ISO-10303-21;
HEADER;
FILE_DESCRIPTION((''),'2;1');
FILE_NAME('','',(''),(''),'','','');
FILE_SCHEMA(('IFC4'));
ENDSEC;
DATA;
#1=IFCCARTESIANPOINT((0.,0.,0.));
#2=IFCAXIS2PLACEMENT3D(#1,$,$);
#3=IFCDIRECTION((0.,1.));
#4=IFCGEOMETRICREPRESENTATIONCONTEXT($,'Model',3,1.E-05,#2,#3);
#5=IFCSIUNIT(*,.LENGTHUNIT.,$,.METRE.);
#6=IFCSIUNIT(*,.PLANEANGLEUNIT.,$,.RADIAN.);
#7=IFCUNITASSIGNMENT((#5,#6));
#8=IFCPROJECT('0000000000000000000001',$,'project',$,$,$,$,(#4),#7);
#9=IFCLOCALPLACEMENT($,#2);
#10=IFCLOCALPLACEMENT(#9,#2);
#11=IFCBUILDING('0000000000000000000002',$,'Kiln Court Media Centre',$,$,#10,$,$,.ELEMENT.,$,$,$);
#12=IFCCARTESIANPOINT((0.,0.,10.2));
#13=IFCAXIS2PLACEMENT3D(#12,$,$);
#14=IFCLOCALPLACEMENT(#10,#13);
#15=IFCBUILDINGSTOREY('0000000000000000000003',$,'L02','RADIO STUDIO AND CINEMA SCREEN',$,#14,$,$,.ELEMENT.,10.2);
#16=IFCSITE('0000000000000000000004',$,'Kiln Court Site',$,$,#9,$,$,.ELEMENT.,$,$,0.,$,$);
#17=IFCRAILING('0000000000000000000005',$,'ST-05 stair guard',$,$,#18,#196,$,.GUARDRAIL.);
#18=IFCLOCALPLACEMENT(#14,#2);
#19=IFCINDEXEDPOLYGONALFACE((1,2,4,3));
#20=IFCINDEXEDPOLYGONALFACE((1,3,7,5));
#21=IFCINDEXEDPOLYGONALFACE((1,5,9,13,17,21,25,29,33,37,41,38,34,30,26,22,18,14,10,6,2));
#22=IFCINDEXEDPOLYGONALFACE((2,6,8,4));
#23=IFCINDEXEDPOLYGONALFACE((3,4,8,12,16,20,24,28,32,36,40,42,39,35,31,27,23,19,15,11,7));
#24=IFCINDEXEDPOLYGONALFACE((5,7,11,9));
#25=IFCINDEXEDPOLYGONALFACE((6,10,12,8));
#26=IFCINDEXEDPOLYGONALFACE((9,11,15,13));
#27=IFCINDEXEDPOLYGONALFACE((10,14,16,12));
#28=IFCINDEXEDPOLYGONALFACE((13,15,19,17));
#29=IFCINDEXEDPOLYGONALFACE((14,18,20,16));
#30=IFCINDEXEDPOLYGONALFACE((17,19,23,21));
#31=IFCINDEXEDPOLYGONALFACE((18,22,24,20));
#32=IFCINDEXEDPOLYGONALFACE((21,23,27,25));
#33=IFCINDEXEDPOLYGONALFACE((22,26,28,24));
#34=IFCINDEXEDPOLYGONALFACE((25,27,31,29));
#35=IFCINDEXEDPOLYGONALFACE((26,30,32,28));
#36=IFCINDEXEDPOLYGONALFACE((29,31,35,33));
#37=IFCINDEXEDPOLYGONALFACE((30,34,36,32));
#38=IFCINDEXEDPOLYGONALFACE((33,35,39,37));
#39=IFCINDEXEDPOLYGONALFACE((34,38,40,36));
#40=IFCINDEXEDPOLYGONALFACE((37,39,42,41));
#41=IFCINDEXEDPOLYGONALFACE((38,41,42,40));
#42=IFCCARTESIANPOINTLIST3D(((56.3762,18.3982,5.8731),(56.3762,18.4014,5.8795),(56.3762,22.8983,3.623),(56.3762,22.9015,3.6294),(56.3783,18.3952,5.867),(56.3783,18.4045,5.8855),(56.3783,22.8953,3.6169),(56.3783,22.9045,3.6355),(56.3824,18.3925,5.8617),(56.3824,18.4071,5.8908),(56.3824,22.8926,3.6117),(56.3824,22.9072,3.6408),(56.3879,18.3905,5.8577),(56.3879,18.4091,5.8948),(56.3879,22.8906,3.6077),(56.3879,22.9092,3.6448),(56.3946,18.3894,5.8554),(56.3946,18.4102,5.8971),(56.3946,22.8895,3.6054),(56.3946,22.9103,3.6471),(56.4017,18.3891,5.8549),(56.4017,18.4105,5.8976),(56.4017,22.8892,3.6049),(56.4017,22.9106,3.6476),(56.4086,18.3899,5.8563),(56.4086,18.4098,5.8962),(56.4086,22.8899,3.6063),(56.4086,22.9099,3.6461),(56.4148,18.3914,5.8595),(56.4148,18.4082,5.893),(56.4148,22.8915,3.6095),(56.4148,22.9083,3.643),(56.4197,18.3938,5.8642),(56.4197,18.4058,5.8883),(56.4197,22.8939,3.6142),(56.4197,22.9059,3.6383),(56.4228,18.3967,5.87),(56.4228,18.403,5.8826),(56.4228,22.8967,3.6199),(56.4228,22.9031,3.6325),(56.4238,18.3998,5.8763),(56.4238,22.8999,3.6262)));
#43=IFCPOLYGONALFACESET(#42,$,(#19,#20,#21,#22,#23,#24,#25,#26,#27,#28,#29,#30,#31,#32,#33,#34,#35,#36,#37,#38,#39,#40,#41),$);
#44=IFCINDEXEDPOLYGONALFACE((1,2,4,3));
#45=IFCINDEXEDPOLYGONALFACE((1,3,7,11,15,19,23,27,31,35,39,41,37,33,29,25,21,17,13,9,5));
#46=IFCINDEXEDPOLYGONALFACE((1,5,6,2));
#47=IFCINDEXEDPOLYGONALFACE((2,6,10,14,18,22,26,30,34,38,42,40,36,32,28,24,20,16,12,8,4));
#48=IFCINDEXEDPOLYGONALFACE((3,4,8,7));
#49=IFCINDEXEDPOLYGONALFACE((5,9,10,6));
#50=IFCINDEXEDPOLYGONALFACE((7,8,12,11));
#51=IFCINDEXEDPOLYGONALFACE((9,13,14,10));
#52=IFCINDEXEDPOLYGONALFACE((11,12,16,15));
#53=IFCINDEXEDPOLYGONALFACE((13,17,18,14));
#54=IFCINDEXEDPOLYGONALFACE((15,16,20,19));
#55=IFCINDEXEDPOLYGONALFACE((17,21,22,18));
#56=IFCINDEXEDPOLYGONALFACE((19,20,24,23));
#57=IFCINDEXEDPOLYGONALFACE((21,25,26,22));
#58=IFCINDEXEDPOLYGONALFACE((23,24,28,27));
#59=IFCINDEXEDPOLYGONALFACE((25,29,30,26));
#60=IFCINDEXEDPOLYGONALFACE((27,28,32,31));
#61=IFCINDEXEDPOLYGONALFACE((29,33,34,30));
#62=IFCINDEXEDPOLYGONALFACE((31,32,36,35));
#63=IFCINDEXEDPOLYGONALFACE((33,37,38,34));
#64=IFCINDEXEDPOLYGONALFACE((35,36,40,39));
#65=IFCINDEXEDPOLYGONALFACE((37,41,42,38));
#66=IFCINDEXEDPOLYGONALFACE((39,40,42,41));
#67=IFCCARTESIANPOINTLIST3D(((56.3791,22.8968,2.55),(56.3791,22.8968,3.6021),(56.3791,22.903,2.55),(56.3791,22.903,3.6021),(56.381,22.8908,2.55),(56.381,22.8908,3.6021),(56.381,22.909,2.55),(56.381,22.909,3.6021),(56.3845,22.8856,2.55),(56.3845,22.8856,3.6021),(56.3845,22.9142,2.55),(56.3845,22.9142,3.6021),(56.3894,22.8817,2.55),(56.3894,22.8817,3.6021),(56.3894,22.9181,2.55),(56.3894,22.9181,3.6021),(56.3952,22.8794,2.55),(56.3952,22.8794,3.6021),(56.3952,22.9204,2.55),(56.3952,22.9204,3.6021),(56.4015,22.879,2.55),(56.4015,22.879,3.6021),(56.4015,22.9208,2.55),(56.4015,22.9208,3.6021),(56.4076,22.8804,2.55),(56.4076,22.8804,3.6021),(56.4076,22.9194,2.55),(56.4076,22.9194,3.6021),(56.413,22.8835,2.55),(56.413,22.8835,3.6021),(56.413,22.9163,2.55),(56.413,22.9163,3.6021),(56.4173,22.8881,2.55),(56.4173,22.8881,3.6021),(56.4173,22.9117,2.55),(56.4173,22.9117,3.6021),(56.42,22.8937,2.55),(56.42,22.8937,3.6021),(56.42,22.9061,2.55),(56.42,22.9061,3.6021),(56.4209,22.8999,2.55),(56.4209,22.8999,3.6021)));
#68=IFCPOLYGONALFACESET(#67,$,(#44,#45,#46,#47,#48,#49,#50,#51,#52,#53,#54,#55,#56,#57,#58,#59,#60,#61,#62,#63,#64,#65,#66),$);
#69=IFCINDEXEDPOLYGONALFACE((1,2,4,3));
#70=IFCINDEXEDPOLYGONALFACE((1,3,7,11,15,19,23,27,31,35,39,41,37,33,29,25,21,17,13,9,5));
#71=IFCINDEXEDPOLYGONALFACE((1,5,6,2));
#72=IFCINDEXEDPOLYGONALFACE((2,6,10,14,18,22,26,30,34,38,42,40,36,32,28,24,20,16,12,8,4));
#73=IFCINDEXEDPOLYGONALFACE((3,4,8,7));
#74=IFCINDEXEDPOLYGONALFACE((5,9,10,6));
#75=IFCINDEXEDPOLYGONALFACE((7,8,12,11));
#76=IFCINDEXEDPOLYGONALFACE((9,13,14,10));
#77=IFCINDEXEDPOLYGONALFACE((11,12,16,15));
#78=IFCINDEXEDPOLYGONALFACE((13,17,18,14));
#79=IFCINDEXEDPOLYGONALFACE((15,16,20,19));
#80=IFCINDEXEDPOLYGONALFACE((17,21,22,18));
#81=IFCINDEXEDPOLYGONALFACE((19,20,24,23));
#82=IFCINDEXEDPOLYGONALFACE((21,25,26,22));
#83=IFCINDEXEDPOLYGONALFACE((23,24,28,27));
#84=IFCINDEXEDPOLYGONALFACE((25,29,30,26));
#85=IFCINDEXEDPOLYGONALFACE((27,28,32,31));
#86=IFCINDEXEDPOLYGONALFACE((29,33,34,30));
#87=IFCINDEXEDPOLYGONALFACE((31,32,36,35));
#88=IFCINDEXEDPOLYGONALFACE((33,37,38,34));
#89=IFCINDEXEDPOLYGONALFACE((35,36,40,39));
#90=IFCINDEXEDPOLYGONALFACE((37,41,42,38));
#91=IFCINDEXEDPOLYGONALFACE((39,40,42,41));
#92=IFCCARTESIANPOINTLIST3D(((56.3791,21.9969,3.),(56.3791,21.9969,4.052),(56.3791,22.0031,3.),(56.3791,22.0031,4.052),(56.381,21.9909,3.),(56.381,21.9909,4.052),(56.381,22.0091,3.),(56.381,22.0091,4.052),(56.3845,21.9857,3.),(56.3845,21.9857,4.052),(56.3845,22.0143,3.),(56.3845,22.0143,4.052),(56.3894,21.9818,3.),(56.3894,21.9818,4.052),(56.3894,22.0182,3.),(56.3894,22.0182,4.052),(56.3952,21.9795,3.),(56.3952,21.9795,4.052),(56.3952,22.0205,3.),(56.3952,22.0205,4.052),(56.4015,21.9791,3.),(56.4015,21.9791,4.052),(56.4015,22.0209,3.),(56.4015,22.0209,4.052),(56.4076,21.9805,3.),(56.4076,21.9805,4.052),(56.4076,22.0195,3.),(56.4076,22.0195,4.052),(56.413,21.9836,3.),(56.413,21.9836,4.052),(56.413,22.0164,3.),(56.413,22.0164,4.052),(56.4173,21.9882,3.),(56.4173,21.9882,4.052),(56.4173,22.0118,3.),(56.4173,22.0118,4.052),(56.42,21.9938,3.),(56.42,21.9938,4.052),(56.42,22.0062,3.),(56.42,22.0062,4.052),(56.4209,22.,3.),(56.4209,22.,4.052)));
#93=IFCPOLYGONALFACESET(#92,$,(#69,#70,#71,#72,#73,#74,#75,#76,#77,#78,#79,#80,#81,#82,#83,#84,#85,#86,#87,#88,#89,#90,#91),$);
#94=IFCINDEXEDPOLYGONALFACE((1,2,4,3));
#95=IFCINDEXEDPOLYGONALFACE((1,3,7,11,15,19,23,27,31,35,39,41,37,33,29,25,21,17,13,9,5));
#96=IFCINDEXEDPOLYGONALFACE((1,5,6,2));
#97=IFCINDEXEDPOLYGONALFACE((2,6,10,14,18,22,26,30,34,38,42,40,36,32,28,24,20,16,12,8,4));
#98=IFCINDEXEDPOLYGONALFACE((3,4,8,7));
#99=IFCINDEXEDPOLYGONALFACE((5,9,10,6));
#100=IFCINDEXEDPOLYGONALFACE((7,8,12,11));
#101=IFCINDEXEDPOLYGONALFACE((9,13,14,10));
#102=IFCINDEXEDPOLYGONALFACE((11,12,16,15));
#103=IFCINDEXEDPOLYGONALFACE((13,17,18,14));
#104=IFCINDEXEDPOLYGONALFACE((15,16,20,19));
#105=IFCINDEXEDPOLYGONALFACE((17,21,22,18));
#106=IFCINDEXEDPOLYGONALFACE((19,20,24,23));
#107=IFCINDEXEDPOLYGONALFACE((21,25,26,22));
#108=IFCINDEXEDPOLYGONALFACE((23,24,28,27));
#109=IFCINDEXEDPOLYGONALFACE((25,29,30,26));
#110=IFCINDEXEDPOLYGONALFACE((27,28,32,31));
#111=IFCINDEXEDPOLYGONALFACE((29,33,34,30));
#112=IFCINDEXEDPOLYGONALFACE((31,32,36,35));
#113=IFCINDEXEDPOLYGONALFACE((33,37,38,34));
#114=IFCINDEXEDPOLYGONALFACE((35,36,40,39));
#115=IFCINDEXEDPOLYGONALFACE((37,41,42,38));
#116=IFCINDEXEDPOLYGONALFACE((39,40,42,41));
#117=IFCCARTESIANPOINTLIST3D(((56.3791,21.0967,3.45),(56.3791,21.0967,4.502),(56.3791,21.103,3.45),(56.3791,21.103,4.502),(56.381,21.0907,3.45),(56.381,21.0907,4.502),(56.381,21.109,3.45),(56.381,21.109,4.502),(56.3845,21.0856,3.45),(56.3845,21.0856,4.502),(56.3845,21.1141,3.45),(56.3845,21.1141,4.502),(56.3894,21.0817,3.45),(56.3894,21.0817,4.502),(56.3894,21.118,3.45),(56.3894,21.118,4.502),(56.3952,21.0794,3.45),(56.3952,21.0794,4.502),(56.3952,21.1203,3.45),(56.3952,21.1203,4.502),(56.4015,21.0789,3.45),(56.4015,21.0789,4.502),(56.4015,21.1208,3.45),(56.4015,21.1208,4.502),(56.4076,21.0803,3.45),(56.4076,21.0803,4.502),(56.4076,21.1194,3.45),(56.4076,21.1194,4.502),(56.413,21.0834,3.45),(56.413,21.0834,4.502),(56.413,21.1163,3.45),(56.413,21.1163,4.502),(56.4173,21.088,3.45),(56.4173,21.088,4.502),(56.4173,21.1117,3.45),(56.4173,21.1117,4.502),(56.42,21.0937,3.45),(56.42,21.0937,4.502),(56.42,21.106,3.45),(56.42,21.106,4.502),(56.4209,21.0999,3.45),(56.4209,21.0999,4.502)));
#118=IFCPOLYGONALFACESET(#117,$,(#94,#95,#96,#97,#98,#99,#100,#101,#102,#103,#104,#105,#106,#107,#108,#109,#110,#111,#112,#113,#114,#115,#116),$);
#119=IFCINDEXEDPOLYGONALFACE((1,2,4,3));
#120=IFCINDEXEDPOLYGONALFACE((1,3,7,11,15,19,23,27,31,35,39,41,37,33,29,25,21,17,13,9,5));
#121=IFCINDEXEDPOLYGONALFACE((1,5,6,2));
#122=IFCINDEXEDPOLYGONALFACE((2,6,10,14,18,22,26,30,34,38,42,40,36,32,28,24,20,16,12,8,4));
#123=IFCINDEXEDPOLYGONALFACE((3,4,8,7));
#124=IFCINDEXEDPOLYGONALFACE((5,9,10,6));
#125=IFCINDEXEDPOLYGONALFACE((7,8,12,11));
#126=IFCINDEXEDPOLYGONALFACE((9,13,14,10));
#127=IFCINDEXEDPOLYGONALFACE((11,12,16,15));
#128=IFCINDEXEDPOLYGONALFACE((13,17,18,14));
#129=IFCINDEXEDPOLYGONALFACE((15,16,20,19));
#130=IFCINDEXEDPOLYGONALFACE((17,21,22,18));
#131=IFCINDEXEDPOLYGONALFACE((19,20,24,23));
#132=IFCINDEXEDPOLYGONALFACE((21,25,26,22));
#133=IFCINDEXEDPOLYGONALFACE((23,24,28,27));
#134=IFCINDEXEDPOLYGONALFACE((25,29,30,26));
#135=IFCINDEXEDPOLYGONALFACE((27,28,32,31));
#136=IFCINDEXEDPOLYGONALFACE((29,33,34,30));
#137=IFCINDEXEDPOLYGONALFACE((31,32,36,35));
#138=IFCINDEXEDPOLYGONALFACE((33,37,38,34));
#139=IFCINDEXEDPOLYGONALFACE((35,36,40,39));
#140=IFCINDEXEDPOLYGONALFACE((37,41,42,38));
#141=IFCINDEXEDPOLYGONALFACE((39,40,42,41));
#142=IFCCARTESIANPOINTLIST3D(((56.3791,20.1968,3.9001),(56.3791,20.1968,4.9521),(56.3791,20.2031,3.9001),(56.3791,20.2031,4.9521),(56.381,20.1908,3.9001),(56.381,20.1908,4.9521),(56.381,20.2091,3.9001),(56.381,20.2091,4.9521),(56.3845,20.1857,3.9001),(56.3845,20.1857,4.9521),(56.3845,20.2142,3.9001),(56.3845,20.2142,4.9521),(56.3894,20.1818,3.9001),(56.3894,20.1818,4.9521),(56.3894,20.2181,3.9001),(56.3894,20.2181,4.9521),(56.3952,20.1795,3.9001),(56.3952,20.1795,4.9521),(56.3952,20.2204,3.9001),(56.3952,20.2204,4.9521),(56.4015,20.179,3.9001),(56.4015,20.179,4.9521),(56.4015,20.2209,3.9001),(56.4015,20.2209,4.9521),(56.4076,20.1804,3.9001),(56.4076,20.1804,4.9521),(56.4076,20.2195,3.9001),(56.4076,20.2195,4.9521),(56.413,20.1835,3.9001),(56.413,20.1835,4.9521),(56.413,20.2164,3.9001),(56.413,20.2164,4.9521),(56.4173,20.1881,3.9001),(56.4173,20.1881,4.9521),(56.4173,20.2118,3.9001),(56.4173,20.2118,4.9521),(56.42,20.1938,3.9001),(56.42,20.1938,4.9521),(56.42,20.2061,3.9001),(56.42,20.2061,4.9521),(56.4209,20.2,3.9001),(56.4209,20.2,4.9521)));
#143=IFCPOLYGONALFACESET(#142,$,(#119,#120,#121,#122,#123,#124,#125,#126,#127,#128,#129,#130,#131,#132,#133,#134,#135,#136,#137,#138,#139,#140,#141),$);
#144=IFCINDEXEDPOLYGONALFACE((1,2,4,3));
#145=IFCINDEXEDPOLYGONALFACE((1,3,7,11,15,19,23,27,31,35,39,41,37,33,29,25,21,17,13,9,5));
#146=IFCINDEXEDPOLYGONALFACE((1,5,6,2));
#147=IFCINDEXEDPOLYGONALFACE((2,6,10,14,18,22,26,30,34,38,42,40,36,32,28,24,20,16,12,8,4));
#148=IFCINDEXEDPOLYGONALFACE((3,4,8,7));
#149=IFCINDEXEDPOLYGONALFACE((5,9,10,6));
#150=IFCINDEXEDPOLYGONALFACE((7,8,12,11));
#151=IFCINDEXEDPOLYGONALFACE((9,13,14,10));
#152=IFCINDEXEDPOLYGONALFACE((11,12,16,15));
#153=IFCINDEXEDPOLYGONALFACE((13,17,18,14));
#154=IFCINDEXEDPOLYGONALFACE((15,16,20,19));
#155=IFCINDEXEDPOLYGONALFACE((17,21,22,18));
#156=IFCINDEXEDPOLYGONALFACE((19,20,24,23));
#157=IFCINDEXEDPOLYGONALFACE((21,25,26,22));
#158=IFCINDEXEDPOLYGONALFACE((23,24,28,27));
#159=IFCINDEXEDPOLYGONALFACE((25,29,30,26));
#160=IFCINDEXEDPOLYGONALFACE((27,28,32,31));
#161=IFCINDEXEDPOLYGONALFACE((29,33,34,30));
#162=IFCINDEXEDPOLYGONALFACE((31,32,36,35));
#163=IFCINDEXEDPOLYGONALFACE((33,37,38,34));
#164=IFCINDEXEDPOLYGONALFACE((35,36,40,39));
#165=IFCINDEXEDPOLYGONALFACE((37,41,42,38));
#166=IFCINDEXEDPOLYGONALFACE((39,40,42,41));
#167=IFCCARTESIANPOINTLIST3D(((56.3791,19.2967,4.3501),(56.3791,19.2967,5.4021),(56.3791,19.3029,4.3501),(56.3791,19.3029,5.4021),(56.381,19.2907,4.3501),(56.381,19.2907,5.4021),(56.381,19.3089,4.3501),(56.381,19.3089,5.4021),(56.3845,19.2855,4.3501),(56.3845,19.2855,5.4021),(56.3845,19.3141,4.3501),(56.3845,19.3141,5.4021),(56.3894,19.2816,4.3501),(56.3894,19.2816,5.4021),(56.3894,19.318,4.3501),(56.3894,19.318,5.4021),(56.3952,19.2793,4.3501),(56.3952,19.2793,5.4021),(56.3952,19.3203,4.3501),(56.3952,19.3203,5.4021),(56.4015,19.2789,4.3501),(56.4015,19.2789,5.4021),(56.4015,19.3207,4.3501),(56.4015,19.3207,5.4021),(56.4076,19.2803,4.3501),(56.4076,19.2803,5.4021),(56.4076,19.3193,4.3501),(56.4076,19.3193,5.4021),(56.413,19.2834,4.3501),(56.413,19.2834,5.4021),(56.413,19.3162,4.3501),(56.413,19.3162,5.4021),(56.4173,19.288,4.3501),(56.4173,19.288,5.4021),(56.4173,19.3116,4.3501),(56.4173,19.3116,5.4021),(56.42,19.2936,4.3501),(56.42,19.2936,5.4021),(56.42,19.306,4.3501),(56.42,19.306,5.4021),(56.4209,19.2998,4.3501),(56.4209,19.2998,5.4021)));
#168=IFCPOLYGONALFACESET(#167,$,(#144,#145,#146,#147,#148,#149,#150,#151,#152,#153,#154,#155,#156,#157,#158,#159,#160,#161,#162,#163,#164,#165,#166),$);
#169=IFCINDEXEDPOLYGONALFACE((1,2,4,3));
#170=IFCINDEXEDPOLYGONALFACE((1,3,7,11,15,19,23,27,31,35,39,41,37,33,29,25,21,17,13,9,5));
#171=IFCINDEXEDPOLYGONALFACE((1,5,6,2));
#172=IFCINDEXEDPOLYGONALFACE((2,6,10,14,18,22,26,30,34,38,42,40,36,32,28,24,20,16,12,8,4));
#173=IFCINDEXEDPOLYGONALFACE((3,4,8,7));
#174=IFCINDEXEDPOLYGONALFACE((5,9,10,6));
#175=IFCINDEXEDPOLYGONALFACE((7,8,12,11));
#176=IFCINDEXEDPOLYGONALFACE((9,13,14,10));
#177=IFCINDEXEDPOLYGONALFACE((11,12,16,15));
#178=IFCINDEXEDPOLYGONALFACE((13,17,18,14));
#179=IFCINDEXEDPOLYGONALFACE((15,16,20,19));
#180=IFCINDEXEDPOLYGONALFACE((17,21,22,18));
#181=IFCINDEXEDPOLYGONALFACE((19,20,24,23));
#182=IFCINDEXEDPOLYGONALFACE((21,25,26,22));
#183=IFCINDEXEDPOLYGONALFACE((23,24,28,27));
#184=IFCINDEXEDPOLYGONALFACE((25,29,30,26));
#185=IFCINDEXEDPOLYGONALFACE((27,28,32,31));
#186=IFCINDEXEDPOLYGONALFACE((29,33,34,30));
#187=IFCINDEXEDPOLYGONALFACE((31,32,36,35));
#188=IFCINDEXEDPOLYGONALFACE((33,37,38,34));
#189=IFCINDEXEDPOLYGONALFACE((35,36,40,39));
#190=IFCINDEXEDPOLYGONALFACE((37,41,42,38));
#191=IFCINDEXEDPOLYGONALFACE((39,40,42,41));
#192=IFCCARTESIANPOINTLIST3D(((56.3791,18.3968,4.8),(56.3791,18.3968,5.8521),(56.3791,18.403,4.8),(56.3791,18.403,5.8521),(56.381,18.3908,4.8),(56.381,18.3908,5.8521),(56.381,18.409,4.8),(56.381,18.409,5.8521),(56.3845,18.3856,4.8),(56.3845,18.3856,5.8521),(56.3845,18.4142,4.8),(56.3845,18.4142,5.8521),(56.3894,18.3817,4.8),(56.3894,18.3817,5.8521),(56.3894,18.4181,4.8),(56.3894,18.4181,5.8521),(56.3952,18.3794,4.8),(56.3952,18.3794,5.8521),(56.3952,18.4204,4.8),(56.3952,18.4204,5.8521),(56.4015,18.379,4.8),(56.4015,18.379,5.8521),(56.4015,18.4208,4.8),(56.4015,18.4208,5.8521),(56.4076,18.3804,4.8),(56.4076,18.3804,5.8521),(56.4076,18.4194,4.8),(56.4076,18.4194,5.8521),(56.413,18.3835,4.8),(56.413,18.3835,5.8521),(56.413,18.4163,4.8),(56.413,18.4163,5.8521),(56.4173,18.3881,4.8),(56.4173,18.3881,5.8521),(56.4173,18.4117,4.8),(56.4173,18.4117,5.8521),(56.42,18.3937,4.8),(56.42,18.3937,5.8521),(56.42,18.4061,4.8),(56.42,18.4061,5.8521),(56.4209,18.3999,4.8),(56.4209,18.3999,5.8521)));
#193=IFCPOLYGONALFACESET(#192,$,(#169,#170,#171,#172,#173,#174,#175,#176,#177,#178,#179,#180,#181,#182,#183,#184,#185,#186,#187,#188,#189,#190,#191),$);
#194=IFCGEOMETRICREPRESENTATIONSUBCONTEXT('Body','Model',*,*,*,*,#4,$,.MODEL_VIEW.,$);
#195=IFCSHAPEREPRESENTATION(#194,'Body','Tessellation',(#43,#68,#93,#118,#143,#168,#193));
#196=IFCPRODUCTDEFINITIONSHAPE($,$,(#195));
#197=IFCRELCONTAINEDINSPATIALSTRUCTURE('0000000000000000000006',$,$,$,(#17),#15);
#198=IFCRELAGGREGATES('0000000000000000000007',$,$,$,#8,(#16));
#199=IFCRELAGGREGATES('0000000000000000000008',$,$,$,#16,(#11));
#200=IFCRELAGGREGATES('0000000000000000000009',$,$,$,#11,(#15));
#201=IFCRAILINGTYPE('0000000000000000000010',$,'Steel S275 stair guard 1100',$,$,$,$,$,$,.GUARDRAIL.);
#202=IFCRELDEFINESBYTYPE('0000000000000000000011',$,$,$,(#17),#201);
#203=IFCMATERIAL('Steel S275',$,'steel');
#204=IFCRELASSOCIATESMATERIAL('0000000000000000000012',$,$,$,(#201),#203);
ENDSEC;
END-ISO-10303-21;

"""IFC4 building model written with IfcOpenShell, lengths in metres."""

from ifc_helpers import new_model, si_unit, direction, frame, origin, origin_2d, place, context, subcontext, project, spatial, circle, extrude, material, type_object, element, save


model = new_model("IFC4")

# Units and contexts
model_context = context("Model", 3, precision=1e-05, world=origin(), true_north=direction((0.0, 1.0)))
body_context = subcontext(model_context, "Body", "Model", "MODEL_VIEW")
ifc_project = project(units=[si_unit("LENGTHUNIT", "METRE"), si_unit("PLANEANGLEUNIT", "RADIAN")], contexts=[model_context])

# Site, building, storey
site_placement = place(None, origin())
site = spatial("IfcSite", under=ifc_project, at=site_placement, Name="Kiln Court Site", CompositionType="ELEMENT", RefElevation=0.0)
building_placement = place(site_placement, origin())
building = spatial("IfcBuilding", under=site, at=building_placement, Name="Kiln Court Media Centre", CompositionType="ELEMENT")
storey_placement = place(building_placement, frame((0.0, 0.0, 10.2)))
storey = spatial("IfcBuildingStorey", under=building, at=storey_placement, Name="L02", Description="RADIO STUDIO AND CINEMA SCREEN", CompositionType="ELEMENT", Elevation=10.2)

# Railing
ifc_material_1 = material(Name="Steel S275", Category="steel")
railing_type_1 = type_object("IfcRailingType", Name="Steel S275 stair guard 1100", PredefinedType="GUARDRAIL", material=ifc_material_1)
railing_1_placement = place(storey_placement, frame((56.3999, 22.8999, 2.55)))
element("IfcRailing", 1, at=railing_1_placement, inside=storey, type_object=railing_type_1, Name="ST-05 stair guard", PredefinedType="GUARDRAIL", context=body_context, shape_type="SweptSolid", body=[
    extrude(circle(Radius=0.0239, at=origin_2d()), frame((0.0, 0.0, 1.0762), z_axis=(0.0, -0.894427, 0.447214), x_axis=(1.0, 0.0, 0.0)), (0.0, 0.0, 1.0), 5.0312),
    extrude(circle(Radius=0.021, at=origin_2d()), origin(), (0.0, 0.0, 1.0), 1.052),
    extrude(circle(Radius=0.021, at=origin_2d()), frame((0.0, -0.8999, 0.45)), (0.0, 0.0, 1.0), 1.052),
    extrude(circle(Radius=0.021, at=origin_2d()), frame((0.0, -1.8, 0.8999)), (0.0, 0.0, 1.0), 1.052),
    extrude(circle(Radius=0.021, at=origin_2d()), frame((0.0, -2.7, 1.3501)), (0.0, 0.0, 1.0), 1.052),
    extrude(circle(Radius=0.021, at=origin_2d()), frame((0.0, -3.6001, 1.8)), (0.0, 0.0, 1.0), 1.052),
    extrude(circle(Radius=0.021, at=origin_2d()), frame((0.0, -4.5, 2.25)), (0.0, 0.0, 1.0), 1.052),
])

save(model, "model.ifc")
